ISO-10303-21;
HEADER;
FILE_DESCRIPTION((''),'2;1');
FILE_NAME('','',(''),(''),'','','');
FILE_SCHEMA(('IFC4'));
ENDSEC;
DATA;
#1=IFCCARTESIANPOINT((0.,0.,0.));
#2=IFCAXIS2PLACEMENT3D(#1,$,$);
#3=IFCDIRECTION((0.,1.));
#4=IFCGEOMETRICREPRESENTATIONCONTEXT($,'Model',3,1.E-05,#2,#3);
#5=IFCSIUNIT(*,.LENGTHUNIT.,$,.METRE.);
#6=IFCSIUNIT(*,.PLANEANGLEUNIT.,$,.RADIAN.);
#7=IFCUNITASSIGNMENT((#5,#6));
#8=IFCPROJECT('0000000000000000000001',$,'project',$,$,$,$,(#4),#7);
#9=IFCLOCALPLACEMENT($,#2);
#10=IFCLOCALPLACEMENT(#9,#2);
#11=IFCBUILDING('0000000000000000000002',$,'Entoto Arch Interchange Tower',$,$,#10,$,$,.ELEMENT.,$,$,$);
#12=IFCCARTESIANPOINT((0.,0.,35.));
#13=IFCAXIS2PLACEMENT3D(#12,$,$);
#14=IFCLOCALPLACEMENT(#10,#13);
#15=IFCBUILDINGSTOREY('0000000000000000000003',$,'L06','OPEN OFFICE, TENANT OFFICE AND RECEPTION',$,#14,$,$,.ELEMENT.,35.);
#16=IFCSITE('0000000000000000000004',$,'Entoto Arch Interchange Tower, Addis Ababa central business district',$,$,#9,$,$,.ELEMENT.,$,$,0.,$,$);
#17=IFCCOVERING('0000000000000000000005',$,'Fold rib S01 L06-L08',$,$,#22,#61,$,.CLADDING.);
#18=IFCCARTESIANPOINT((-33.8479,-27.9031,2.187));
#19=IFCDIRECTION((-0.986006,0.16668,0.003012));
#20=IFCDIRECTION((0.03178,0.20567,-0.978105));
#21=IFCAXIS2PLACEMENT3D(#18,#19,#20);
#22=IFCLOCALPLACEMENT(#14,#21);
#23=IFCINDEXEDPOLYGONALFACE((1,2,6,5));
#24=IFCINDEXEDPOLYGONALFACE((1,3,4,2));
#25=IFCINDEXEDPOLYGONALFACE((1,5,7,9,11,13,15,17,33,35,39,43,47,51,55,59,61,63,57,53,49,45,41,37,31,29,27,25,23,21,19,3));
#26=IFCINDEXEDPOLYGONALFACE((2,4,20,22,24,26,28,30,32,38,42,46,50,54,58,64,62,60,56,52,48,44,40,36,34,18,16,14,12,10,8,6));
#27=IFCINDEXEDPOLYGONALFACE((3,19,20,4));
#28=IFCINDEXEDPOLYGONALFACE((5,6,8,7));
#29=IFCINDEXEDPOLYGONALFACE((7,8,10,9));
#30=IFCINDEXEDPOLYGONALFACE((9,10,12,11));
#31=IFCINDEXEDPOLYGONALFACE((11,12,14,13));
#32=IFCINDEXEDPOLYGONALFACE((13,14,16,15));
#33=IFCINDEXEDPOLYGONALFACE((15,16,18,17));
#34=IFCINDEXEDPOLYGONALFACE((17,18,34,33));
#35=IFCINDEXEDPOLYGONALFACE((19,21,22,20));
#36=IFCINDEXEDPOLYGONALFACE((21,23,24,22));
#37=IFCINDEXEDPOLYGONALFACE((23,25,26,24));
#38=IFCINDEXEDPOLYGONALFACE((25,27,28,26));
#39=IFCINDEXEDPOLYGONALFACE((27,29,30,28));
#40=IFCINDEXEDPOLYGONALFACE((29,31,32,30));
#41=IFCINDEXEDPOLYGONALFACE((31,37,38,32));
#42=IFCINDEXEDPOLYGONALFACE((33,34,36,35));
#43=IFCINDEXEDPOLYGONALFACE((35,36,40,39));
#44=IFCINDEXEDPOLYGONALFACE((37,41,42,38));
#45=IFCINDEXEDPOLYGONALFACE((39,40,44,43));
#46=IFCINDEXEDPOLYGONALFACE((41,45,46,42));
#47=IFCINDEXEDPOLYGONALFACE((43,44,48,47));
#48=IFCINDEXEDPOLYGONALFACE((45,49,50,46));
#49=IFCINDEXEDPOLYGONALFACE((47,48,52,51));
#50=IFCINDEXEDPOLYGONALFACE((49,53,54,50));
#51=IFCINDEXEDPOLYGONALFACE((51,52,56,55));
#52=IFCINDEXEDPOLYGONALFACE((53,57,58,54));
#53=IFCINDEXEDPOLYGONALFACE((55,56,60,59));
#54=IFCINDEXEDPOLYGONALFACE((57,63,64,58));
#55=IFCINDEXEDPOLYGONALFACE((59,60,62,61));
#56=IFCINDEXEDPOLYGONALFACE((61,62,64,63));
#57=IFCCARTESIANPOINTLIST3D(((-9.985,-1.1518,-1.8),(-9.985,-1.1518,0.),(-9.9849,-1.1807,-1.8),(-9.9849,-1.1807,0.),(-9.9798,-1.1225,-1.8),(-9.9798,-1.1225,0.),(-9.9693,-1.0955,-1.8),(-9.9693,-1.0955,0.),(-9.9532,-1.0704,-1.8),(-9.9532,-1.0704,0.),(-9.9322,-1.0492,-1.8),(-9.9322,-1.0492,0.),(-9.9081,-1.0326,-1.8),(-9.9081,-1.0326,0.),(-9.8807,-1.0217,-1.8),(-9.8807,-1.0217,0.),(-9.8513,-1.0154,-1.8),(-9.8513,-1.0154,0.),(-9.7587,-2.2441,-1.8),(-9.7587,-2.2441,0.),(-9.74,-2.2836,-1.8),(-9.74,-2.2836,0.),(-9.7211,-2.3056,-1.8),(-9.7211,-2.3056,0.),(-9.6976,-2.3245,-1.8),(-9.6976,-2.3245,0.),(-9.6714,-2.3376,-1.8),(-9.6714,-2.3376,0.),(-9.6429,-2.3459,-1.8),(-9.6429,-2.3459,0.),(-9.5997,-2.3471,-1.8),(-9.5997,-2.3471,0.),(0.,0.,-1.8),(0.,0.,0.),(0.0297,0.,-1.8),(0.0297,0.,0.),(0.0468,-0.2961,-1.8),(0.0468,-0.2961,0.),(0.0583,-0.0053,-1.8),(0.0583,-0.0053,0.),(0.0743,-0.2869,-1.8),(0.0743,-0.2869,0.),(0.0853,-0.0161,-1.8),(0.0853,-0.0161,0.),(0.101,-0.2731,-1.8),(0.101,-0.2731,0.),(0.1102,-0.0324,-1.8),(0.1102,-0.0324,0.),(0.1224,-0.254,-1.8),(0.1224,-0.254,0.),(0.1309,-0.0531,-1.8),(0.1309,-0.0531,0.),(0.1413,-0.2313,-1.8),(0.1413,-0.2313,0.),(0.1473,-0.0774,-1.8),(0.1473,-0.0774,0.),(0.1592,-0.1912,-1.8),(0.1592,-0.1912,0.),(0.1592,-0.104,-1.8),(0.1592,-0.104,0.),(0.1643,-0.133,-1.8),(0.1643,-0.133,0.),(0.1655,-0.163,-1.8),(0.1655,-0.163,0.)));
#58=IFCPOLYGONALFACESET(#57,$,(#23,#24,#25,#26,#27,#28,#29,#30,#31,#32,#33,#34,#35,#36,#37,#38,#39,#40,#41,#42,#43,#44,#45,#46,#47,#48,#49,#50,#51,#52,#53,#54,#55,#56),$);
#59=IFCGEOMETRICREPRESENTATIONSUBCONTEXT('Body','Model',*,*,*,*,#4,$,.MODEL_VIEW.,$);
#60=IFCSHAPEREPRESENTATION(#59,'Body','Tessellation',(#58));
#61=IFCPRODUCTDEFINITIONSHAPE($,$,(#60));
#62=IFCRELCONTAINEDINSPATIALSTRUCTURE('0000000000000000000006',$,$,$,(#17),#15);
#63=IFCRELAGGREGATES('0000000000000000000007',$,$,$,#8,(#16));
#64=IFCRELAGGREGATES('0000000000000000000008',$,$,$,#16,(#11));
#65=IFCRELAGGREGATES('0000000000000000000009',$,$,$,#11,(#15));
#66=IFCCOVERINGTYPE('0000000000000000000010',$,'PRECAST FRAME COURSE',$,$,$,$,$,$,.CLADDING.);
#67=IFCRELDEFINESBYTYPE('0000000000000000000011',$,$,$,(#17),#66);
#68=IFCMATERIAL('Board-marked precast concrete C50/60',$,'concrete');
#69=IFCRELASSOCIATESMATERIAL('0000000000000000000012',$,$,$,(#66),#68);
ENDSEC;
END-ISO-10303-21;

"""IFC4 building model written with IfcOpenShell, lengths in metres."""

from ifc_helpers import new_model, si_unit, direction, frame, origin, place, context, subcontext, project, spatial, polyline, outline, extrude, material, type_object, element, save


model = new_model("IFC4")

# Units and contexts
model_context = context("Model", 3, precision=1e-05, world=origin(), true_north=direction((0.0, 1.0)))
body_context = subcontext(model_context, "Body", "Model", "MODEL_VIEW")
ifc_project = project(units=[si_unit("LENGTHUNIT", "METRE"), si_unit("PLANEANGLEUNIT", "RADIAN")], contexts=[model_context])

# Site, building, storey
site_placement = place(None, origin())
site = spatial("IfcSite", under=ifc_project, at=site_placement, Name="Entoto Arch Interchange Tower, Addis Ababa central business district", CompositionType="ELEMENT", RefElevation=0.0)
building_placement = place(site_placement, origin())
building = spatial("IfcBuilding", under=site, at=building_placement, Name="Entoto Arch Interchange Tower", CompositionType="ELEMENT")
storey_placement = place(building_placement, frame((0.0, 0.0, 35.0)))
storey = spatial("IfcBuildingStorey", under=building, at=storey_placement, Name="L06", Description="OPEN OFFICE, TENANT OFFICE AND RECEPTION", CompositionType="ELEMENT", Elevation=35.0)

# Covering
ifc_material_1 = material(Name="Board-marked precast concrete C50/60", Category="concrete")
covering_type = type_object("IfcCoveringType", Name="PRECAST FRAME COURSE", PredefinedType="CLADDING", material=ifc_material_1)
covering_1_placement = place(storey_placement, frame((-33.8479, -27.9031, 2.187), z_axis=(-0.986006, 0.16668, 0.003012), x_axis=(0.03178, 0.20567, -0.978105)))
element("IfcCovering", 1, at=covering_1_placement, inside=storey, type_object=covering_type, Name="Fold rib S01 L06-L08", PredefinedType="CLADDING", context=body_context, shape_type="SweptSolid", body=[
    extrude(outline(polyline([(0.0, 0.0), (0.0297, 0.0), (0.0583, -0.0053), (0.0853, -0.0161), (0.1102, -0.0324), (0.1309, -0.0531), (0.1473, -0.0774), (0.1592, -0.104), (0.1643, -0.133), (0.1655, -0.163), (0.1592, -0.1912), (0.1413, -0.2313), (0.1224, -0.254), (0.101, -0.2731), (0.0743, -0.2869), (0.0468, -0.2961), (-9.5997, -2.3471), (-9.6429, -2.3459), (-9.6714, -2.3376), (-9.6976, -2.3245), (-9.7211, -2.3056), (-9.74, -2.2836), (-9.7587, -2.2441), (-9.9849, -1.1807), (-9.985, -1.1518), (-9.9798, -1.1225), (-9.9693, -1.0955), (-9.9532, -1.0704), (-9.9322, -1.0492), (-9.9081, -1.0326), (-9.8807, -1.0217), (-9.8513, -1.0154), (0.0, 0.0)])), origin(), (0.0, 0.0, -1.0), 1.8),
])

save(model, "model.ifc")
